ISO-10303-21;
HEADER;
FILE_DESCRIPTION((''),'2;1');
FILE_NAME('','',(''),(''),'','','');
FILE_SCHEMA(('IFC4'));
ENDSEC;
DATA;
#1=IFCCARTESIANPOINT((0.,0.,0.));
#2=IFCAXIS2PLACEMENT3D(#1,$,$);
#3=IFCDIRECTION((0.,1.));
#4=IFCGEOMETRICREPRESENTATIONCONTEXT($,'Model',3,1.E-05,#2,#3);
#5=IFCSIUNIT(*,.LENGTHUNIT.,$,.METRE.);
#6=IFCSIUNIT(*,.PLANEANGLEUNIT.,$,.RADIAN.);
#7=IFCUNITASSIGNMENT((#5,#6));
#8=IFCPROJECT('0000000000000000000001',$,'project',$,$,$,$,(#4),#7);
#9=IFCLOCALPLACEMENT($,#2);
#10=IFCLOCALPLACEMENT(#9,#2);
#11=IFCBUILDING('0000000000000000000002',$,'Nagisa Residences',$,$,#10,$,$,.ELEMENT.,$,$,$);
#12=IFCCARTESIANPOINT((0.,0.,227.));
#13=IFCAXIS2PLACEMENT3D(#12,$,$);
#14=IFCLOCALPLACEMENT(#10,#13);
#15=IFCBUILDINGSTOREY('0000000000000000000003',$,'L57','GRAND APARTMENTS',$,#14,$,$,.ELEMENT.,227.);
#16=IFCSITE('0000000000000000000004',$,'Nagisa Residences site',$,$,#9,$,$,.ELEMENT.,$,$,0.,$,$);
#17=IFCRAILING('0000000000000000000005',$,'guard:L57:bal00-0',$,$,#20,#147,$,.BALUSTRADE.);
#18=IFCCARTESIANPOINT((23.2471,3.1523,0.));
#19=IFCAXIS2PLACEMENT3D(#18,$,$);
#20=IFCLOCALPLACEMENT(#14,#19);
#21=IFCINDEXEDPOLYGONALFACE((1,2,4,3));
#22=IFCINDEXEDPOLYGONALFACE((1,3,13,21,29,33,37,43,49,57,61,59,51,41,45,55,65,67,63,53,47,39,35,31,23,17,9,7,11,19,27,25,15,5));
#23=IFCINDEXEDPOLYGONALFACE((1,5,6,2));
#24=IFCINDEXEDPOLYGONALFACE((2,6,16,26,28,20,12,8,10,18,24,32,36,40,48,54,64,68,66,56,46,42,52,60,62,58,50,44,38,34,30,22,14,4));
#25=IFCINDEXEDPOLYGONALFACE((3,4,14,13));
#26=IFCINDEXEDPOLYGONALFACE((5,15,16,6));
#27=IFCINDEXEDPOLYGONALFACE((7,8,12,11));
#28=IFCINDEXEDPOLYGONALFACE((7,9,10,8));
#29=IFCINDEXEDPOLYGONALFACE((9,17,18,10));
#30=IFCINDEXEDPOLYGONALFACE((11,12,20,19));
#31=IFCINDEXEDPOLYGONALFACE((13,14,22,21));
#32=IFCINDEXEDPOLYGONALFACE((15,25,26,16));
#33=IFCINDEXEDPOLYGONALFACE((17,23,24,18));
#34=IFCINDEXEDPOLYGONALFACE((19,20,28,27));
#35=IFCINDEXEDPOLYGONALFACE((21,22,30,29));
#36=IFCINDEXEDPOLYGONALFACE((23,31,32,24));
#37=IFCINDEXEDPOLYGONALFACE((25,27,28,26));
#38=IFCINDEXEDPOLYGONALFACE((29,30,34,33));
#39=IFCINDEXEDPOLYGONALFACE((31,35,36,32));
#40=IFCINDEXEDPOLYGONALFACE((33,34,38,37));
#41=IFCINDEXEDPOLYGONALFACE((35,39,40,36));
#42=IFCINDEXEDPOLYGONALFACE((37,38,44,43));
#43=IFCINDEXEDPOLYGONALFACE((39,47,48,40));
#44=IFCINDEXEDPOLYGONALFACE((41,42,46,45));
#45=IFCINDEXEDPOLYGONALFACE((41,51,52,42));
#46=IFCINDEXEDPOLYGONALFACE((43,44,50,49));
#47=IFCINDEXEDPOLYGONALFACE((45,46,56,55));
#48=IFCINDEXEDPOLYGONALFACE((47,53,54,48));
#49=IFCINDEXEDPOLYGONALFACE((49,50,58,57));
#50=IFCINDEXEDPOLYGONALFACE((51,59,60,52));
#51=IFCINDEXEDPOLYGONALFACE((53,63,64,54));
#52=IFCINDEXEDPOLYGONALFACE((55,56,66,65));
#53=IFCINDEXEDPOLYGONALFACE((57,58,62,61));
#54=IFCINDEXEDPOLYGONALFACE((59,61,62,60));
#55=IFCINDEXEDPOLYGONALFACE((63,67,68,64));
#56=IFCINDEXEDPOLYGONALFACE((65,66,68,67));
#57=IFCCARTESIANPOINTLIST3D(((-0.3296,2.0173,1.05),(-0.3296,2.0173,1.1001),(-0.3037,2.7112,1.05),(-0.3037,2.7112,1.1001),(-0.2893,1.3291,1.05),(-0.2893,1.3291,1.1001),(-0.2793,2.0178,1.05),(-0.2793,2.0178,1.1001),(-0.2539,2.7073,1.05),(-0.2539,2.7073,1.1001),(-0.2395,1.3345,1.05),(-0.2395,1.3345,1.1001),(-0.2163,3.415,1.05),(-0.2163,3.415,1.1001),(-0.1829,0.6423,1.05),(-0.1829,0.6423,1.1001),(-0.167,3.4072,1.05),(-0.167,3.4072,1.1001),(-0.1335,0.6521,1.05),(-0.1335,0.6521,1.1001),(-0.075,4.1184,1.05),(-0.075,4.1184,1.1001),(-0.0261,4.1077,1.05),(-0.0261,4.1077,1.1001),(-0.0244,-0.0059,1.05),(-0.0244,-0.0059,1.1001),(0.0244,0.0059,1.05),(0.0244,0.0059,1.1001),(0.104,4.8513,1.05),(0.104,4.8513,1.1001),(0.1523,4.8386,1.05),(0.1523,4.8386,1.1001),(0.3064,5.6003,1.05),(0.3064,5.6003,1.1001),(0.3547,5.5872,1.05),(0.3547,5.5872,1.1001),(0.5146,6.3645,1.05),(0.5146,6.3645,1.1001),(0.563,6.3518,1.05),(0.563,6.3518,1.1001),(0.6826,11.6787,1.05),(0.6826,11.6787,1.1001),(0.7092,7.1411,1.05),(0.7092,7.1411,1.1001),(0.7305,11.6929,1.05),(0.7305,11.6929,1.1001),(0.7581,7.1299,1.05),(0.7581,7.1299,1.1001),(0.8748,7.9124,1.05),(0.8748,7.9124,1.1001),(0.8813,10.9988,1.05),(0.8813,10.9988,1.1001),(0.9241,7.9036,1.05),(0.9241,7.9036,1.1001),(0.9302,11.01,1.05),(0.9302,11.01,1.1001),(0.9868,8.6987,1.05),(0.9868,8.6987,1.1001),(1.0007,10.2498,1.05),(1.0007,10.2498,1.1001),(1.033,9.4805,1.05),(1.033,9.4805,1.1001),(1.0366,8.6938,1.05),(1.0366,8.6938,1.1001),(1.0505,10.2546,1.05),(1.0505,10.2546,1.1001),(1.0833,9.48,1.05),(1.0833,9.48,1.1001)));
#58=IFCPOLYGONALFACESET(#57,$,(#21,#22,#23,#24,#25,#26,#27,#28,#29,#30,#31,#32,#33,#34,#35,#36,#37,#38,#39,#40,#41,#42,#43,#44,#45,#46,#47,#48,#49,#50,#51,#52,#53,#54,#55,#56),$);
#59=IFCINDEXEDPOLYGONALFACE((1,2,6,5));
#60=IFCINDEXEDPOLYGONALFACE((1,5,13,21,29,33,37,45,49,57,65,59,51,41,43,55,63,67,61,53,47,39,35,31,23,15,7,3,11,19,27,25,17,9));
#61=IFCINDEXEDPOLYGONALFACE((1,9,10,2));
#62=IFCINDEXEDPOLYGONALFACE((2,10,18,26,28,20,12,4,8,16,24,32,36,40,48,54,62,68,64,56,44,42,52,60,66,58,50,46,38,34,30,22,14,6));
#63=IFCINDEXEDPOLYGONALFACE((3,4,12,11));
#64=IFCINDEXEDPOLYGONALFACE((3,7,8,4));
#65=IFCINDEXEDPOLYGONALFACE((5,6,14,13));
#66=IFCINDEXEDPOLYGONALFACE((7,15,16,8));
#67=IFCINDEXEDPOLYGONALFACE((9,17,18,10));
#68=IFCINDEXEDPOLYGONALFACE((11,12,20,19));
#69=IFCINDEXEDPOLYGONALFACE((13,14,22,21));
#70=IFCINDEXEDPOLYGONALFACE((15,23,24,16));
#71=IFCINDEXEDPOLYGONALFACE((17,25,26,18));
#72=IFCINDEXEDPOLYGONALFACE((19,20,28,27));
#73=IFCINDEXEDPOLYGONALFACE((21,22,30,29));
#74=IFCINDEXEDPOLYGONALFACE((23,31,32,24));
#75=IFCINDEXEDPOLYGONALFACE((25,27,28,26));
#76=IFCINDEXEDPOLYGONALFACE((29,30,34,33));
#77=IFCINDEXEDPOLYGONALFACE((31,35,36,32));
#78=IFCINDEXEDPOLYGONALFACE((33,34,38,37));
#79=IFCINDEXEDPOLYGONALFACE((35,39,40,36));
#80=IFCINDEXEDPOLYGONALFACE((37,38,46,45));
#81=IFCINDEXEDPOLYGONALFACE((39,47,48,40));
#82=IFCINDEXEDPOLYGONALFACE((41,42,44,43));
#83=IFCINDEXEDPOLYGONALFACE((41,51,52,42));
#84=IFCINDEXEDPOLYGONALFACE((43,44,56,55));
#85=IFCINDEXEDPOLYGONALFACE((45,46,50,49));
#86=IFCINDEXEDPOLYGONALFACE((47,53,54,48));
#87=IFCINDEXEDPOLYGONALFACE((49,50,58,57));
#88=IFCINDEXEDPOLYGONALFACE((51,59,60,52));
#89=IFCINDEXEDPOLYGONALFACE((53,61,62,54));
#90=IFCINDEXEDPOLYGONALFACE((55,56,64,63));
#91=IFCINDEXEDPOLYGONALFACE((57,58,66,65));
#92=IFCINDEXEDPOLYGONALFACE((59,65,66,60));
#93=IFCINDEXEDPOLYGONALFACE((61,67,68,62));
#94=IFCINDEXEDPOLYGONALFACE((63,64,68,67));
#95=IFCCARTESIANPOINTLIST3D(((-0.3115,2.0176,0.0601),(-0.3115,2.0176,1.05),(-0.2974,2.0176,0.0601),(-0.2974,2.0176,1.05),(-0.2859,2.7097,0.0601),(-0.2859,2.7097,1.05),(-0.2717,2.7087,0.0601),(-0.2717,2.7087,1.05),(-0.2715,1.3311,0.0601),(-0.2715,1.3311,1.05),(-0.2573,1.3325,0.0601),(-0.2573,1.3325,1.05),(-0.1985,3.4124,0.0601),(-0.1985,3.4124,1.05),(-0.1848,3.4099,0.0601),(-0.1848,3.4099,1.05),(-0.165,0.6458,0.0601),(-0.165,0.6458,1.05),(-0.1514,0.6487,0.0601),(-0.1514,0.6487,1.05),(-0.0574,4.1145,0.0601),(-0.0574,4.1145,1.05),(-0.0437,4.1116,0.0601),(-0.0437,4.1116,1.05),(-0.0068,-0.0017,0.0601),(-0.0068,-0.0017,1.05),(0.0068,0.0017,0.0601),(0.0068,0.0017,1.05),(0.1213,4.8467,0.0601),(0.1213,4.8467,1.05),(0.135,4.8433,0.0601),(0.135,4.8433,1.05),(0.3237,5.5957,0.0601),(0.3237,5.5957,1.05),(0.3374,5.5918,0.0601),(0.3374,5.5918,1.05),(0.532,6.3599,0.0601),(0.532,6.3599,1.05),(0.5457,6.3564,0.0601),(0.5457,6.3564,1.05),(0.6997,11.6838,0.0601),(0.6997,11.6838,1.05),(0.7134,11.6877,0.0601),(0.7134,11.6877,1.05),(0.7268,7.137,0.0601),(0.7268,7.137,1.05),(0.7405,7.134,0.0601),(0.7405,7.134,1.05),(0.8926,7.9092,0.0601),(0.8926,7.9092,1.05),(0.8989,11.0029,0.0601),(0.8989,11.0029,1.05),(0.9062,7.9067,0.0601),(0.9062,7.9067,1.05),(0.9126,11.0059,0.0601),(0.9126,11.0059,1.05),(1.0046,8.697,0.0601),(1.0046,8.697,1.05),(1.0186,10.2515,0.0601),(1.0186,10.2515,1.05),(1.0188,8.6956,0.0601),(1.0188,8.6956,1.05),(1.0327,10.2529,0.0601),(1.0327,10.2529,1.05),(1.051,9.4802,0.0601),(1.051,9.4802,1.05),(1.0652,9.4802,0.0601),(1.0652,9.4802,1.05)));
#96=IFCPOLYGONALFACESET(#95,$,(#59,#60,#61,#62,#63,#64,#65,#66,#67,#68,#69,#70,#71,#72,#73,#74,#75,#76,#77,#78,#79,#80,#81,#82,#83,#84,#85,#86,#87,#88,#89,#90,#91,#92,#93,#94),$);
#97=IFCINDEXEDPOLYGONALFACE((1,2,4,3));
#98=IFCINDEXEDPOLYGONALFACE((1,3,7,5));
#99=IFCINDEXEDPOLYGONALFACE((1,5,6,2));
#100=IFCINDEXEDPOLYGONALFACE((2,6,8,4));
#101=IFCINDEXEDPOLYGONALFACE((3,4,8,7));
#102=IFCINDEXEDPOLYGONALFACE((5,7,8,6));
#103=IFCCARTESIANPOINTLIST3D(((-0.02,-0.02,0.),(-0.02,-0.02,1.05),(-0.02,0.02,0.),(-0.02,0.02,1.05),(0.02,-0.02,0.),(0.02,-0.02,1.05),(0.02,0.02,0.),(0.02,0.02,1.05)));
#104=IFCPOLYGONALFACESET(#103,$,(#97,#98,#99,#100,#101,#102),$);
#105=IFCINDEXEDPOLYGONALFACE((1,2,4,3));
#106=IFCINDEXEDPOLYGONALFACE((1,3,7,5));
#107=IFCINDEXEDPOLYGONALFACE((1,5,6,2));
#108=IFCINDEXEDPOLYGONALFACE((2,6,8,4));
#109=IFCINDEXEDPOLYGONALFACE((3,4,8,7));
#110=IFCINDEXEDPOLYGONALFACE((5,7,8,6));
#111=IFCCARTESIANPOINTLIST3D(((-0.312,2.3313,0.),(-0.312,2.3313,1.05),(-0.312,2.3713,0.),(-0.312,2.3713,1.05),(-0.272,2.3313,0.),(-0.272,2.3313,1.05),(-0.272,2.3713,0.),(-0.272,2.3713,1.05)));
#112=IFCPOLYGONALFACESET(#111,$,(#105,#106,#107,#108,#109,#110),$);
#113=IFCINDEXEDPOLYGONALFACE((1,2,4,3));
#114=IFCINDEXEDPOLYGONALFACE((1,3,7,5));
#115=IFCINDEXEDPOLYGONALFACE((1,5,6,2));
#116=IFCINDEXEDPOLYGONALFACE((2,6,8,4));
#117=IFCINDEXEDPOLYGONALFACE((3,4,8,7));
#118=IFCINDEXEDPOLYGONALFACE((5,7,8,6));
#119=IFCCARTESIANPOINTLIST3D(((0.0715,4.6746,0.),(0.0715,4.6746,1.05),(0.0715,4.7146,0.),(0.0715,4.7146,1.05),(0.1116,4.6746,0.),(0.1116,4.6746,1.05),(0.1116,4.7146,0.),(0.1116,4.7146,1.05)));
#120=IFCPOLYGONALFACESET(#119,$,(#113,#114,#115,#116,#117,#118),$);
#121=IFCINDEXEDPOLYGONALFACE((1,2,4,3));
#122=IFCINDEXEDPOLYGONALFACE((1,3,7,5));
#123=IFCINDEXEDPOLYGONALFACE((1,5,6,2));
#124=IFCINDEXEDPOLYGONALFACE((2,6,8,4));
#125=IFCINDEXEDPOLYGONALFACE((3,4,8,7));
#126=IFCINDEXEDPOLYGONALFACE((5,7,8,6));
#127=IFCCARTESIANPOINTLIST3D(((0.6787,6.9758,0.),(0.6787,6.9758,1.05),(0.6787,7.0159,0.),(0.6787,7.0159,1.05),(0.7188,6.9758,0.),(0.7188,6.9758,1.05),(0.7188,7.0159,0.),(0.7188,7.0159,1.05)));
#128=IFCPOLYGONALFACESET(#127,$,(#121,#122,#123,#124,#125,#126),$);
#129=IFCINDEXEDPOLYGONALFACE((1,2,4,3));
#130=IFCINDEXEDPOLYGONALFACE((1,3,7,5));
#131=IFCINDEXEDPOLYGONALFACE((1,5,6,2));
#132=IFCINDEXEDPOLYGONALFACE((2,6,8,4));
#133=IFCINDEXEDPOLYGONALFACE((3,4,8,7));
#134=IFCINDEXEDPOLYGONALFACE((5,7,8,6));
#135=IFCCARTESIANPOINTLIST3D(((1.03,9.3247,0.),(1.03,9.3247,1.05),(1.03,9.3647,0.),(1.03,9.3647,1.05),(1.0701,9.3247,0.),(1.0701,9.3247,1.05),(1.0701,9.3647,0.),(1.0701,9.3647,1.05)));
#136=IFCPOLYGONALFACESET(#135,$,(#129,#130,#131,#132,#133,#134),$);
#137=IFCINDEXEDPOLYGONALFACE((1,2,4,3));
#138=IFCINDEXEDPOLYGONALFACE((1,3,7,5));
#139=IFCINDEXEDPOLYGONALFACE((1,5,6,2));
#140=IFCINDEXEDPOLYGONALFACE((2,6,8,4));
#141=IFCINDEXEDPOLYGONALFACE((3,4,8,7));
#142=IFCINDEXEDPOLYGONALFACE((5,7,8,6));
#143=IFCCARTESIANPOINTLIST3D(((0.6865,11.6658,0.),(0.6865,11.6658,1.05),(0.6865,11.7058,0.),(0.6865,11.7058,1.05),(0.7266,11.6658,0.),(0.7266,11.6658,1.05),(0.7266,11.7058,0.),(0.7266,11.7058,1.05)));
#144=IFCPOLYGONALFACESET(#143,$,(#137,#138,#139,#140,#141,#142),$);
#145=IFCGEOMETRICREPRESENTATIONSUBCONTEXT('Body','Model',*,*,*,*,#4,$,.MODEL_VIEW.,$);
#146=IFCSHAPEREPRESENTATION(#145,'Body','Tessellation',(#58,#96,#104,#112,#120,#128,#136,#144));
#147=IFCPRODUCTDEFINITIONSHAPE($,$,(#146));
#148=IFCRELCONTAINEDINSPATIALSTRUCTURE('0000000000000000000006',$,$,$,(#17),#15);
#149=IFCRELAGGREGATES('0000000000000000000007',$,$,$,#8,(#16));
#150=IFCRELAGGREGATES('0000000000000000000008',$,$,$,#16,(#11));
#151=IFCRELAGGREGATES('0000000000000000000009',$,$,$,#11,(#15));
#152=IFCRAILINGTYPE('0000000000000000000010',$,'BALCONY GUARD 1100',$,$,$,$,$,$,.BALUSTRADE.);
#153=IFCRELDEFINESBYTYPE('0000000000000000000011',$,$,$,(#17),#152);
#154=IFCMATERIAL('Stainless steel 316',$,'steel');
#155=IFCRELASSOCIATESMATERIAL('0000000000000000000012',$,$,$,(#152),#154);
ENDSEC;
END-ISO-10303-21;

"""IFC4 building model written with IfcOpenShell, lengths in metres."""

from ifc_helpers import new_model, si_unit, direction, frame, origin, origin_2d, place, context, subcontext, project, spatial, polyline, rectangle, outline, extrude, material, type_object, element, save


model = new_model("IFC4")

# Units and contexts
model_context = context("Model", 3, precision=1e-05, world=origin(), true_north=direction((0.0, 1.0)))
body_context = subcontext(model_context, "Body", "Model", "MODEL_VIEW")
ifc_project = project(units=[si_unit("LENGTHUNIT", "METRE"), si_unit("PLANEANGLEUNIT", "RADIAN")], contexts=[model_context])

# Site, building, storey
site_placement = place(None, origin())
site = spatial("IfcSite", under=ifc_project, at=site_placement, Name="Nagisa Residences site", CompositionType="ELEMENT", RefElevation=0.0)
building_placement = place(site_placement, origin())
building = spatial("IfcBuilding", under=site, at=building_placement, Name="Nagisa Residences", CompositionType="ELEMENT")
storey_placement = place(building_placement, frame((0.0, 0.0, 227.0)))
storey = spatial("IfcBuildingStorey", under=building, at=storey_placement, Name="L57", Description="GRAND APARTMENTS", CompositionType="ELEMENT", Elevation=227.0)

# Railing
ifc_material_1 = material(Name="Stainless steel 316", Category="steel")
railing_type = type_object("IfcRailingType", Name="BALCONY GUARD 1100", PredefinedType="BALUSTRADE", material=ifc_material_1)
railing_placement = place(storey_placement, frame((23.2471, 3.1523, 0.0)))
element("IfcRailing", 1, at=railing_placement, inside=storey, type_object=railing_type, Name="guard:L57:bal00-0", PredefinedType="BALUSTRADE", context=body_context, shape_type="SweptSolid", body=[
    extrude(outline(polyline([(-0.1829, 0.6423), (-0.0244, -0.0059), (0.0244, 0.0059), (-0.1335, 0.6521), (-0.2395, 1.3345), (-0.2793, 2.0178), (-0.2539, 2.7073), (-0.167, 3.4072), (-0.0261, 4.1077), (0.1523, 4.8386), (0.3547, 5.5872), (0.563, 6.3518), (0.7581, 7.1299), (0.9241, 7.9036), (1.0366, 8.6938), (1.0833, 9.48), (1.0505, 10.2546), (0.9302, 11.01), (0.7305, 11.6929), (0.6826, 11.6787), (0.8813, 10.9988), (1.0007, 10.2498), (1.033, 9.4805), (0.9868, 8.6987), (0.8748, 7.9124), (0.7092, 7.1411), (0.5146, 6.3645), (0.3064, 5.6003), (0.104, 4.8513), (-0.075, 4.1184), (-0.2163, 3.415), (-0.3037, 2.7112), (-0.3296, 2.0173), (-0.2893, 1.3291), (-0.1829, 0.6423)])), frame((0.0, 0.0, 1.05)), (0.0, 0.0, 1.0), 0.05),
    extrude(outline(polyline([(-0.165, 0.6458), (-0.0068, -0.0017), (0.0068, 0.0017), (-0.1514, 0.6487), (-0.2573, 1.3325), (-0.2974, 2.0176), (-0.2717, 2.7087), (-0.1848, 3.4099), (-0.0437, 4.1116), (0.135, 4.8433), (0.3374, 5.5918), (0.5457, 6.3564), (0.7405, 7.134), (0.9062, 7.9067), (1.0188, 8.6956), (1.0652, 9.4802), (1.0327, 10.2529), (0.9126, 11.0059), (0.7134, 11.6877), (0.6997, 11.6838), (0.8989, 11.0029), (1.0186, 10.2515), (1.051, 9.4802), (1.0046, 8.697), (0.8926, 7.9092), (0.7268, 7.137), (0.532, 6.3599), (0.3237, 5.5957), (0.1213, 4.8467), (-0.0574, 4.1145), (-0.1985, 3.4124), (-0.2859, 2.7097), (-0.3115, 2.0176), (-0.2715, 1.3311), (-0.165, 0.6458)])), frame((0.0, 0.0, 0.0601)), (0.0, 0.0, 1.0), 0.99),
    extrude(rectangle(XDim=0.04, YDim=0.04, at=origin_2d()), origin(), (0.0, 0.0, 1.0), 1.05),
    extrude(rectangle(XDim=0.04, YDim=0.04, at=origin_2d()), frame((-0.292, 2.3513, 0.0)), (0.0, 0.0, 1.0), 1.05),
    extrude(rectangle(XDim=0.04, YDim=0.04, at=origin_2d()), frame((0.0916, 4.6946, 0.0)), (0.0, 0.0, 1.0), 1.05),
    extrude(rectangle(XDim=0.04, YDim=0.04, at=origin_2d()), frame((0.6987, 6.9958, 0.0)), (0.0, 0.0, 1.0), 1.05),
    extrude(rectangle(XDim=0.04, YDim=0.04, at=origin_2d()), frame((1.05, 9.3447, 0.0)), (0.0, 0.0, 1.0), 1.05),
    extrude(rectangle(XDim=0.04, YDim=0.04, at=origin_2d()), frame((0.7065, 11.6858, 0.0)), (0.0, 0.0, 1.0), 1.05),
])

save(model, "model.ifc")
